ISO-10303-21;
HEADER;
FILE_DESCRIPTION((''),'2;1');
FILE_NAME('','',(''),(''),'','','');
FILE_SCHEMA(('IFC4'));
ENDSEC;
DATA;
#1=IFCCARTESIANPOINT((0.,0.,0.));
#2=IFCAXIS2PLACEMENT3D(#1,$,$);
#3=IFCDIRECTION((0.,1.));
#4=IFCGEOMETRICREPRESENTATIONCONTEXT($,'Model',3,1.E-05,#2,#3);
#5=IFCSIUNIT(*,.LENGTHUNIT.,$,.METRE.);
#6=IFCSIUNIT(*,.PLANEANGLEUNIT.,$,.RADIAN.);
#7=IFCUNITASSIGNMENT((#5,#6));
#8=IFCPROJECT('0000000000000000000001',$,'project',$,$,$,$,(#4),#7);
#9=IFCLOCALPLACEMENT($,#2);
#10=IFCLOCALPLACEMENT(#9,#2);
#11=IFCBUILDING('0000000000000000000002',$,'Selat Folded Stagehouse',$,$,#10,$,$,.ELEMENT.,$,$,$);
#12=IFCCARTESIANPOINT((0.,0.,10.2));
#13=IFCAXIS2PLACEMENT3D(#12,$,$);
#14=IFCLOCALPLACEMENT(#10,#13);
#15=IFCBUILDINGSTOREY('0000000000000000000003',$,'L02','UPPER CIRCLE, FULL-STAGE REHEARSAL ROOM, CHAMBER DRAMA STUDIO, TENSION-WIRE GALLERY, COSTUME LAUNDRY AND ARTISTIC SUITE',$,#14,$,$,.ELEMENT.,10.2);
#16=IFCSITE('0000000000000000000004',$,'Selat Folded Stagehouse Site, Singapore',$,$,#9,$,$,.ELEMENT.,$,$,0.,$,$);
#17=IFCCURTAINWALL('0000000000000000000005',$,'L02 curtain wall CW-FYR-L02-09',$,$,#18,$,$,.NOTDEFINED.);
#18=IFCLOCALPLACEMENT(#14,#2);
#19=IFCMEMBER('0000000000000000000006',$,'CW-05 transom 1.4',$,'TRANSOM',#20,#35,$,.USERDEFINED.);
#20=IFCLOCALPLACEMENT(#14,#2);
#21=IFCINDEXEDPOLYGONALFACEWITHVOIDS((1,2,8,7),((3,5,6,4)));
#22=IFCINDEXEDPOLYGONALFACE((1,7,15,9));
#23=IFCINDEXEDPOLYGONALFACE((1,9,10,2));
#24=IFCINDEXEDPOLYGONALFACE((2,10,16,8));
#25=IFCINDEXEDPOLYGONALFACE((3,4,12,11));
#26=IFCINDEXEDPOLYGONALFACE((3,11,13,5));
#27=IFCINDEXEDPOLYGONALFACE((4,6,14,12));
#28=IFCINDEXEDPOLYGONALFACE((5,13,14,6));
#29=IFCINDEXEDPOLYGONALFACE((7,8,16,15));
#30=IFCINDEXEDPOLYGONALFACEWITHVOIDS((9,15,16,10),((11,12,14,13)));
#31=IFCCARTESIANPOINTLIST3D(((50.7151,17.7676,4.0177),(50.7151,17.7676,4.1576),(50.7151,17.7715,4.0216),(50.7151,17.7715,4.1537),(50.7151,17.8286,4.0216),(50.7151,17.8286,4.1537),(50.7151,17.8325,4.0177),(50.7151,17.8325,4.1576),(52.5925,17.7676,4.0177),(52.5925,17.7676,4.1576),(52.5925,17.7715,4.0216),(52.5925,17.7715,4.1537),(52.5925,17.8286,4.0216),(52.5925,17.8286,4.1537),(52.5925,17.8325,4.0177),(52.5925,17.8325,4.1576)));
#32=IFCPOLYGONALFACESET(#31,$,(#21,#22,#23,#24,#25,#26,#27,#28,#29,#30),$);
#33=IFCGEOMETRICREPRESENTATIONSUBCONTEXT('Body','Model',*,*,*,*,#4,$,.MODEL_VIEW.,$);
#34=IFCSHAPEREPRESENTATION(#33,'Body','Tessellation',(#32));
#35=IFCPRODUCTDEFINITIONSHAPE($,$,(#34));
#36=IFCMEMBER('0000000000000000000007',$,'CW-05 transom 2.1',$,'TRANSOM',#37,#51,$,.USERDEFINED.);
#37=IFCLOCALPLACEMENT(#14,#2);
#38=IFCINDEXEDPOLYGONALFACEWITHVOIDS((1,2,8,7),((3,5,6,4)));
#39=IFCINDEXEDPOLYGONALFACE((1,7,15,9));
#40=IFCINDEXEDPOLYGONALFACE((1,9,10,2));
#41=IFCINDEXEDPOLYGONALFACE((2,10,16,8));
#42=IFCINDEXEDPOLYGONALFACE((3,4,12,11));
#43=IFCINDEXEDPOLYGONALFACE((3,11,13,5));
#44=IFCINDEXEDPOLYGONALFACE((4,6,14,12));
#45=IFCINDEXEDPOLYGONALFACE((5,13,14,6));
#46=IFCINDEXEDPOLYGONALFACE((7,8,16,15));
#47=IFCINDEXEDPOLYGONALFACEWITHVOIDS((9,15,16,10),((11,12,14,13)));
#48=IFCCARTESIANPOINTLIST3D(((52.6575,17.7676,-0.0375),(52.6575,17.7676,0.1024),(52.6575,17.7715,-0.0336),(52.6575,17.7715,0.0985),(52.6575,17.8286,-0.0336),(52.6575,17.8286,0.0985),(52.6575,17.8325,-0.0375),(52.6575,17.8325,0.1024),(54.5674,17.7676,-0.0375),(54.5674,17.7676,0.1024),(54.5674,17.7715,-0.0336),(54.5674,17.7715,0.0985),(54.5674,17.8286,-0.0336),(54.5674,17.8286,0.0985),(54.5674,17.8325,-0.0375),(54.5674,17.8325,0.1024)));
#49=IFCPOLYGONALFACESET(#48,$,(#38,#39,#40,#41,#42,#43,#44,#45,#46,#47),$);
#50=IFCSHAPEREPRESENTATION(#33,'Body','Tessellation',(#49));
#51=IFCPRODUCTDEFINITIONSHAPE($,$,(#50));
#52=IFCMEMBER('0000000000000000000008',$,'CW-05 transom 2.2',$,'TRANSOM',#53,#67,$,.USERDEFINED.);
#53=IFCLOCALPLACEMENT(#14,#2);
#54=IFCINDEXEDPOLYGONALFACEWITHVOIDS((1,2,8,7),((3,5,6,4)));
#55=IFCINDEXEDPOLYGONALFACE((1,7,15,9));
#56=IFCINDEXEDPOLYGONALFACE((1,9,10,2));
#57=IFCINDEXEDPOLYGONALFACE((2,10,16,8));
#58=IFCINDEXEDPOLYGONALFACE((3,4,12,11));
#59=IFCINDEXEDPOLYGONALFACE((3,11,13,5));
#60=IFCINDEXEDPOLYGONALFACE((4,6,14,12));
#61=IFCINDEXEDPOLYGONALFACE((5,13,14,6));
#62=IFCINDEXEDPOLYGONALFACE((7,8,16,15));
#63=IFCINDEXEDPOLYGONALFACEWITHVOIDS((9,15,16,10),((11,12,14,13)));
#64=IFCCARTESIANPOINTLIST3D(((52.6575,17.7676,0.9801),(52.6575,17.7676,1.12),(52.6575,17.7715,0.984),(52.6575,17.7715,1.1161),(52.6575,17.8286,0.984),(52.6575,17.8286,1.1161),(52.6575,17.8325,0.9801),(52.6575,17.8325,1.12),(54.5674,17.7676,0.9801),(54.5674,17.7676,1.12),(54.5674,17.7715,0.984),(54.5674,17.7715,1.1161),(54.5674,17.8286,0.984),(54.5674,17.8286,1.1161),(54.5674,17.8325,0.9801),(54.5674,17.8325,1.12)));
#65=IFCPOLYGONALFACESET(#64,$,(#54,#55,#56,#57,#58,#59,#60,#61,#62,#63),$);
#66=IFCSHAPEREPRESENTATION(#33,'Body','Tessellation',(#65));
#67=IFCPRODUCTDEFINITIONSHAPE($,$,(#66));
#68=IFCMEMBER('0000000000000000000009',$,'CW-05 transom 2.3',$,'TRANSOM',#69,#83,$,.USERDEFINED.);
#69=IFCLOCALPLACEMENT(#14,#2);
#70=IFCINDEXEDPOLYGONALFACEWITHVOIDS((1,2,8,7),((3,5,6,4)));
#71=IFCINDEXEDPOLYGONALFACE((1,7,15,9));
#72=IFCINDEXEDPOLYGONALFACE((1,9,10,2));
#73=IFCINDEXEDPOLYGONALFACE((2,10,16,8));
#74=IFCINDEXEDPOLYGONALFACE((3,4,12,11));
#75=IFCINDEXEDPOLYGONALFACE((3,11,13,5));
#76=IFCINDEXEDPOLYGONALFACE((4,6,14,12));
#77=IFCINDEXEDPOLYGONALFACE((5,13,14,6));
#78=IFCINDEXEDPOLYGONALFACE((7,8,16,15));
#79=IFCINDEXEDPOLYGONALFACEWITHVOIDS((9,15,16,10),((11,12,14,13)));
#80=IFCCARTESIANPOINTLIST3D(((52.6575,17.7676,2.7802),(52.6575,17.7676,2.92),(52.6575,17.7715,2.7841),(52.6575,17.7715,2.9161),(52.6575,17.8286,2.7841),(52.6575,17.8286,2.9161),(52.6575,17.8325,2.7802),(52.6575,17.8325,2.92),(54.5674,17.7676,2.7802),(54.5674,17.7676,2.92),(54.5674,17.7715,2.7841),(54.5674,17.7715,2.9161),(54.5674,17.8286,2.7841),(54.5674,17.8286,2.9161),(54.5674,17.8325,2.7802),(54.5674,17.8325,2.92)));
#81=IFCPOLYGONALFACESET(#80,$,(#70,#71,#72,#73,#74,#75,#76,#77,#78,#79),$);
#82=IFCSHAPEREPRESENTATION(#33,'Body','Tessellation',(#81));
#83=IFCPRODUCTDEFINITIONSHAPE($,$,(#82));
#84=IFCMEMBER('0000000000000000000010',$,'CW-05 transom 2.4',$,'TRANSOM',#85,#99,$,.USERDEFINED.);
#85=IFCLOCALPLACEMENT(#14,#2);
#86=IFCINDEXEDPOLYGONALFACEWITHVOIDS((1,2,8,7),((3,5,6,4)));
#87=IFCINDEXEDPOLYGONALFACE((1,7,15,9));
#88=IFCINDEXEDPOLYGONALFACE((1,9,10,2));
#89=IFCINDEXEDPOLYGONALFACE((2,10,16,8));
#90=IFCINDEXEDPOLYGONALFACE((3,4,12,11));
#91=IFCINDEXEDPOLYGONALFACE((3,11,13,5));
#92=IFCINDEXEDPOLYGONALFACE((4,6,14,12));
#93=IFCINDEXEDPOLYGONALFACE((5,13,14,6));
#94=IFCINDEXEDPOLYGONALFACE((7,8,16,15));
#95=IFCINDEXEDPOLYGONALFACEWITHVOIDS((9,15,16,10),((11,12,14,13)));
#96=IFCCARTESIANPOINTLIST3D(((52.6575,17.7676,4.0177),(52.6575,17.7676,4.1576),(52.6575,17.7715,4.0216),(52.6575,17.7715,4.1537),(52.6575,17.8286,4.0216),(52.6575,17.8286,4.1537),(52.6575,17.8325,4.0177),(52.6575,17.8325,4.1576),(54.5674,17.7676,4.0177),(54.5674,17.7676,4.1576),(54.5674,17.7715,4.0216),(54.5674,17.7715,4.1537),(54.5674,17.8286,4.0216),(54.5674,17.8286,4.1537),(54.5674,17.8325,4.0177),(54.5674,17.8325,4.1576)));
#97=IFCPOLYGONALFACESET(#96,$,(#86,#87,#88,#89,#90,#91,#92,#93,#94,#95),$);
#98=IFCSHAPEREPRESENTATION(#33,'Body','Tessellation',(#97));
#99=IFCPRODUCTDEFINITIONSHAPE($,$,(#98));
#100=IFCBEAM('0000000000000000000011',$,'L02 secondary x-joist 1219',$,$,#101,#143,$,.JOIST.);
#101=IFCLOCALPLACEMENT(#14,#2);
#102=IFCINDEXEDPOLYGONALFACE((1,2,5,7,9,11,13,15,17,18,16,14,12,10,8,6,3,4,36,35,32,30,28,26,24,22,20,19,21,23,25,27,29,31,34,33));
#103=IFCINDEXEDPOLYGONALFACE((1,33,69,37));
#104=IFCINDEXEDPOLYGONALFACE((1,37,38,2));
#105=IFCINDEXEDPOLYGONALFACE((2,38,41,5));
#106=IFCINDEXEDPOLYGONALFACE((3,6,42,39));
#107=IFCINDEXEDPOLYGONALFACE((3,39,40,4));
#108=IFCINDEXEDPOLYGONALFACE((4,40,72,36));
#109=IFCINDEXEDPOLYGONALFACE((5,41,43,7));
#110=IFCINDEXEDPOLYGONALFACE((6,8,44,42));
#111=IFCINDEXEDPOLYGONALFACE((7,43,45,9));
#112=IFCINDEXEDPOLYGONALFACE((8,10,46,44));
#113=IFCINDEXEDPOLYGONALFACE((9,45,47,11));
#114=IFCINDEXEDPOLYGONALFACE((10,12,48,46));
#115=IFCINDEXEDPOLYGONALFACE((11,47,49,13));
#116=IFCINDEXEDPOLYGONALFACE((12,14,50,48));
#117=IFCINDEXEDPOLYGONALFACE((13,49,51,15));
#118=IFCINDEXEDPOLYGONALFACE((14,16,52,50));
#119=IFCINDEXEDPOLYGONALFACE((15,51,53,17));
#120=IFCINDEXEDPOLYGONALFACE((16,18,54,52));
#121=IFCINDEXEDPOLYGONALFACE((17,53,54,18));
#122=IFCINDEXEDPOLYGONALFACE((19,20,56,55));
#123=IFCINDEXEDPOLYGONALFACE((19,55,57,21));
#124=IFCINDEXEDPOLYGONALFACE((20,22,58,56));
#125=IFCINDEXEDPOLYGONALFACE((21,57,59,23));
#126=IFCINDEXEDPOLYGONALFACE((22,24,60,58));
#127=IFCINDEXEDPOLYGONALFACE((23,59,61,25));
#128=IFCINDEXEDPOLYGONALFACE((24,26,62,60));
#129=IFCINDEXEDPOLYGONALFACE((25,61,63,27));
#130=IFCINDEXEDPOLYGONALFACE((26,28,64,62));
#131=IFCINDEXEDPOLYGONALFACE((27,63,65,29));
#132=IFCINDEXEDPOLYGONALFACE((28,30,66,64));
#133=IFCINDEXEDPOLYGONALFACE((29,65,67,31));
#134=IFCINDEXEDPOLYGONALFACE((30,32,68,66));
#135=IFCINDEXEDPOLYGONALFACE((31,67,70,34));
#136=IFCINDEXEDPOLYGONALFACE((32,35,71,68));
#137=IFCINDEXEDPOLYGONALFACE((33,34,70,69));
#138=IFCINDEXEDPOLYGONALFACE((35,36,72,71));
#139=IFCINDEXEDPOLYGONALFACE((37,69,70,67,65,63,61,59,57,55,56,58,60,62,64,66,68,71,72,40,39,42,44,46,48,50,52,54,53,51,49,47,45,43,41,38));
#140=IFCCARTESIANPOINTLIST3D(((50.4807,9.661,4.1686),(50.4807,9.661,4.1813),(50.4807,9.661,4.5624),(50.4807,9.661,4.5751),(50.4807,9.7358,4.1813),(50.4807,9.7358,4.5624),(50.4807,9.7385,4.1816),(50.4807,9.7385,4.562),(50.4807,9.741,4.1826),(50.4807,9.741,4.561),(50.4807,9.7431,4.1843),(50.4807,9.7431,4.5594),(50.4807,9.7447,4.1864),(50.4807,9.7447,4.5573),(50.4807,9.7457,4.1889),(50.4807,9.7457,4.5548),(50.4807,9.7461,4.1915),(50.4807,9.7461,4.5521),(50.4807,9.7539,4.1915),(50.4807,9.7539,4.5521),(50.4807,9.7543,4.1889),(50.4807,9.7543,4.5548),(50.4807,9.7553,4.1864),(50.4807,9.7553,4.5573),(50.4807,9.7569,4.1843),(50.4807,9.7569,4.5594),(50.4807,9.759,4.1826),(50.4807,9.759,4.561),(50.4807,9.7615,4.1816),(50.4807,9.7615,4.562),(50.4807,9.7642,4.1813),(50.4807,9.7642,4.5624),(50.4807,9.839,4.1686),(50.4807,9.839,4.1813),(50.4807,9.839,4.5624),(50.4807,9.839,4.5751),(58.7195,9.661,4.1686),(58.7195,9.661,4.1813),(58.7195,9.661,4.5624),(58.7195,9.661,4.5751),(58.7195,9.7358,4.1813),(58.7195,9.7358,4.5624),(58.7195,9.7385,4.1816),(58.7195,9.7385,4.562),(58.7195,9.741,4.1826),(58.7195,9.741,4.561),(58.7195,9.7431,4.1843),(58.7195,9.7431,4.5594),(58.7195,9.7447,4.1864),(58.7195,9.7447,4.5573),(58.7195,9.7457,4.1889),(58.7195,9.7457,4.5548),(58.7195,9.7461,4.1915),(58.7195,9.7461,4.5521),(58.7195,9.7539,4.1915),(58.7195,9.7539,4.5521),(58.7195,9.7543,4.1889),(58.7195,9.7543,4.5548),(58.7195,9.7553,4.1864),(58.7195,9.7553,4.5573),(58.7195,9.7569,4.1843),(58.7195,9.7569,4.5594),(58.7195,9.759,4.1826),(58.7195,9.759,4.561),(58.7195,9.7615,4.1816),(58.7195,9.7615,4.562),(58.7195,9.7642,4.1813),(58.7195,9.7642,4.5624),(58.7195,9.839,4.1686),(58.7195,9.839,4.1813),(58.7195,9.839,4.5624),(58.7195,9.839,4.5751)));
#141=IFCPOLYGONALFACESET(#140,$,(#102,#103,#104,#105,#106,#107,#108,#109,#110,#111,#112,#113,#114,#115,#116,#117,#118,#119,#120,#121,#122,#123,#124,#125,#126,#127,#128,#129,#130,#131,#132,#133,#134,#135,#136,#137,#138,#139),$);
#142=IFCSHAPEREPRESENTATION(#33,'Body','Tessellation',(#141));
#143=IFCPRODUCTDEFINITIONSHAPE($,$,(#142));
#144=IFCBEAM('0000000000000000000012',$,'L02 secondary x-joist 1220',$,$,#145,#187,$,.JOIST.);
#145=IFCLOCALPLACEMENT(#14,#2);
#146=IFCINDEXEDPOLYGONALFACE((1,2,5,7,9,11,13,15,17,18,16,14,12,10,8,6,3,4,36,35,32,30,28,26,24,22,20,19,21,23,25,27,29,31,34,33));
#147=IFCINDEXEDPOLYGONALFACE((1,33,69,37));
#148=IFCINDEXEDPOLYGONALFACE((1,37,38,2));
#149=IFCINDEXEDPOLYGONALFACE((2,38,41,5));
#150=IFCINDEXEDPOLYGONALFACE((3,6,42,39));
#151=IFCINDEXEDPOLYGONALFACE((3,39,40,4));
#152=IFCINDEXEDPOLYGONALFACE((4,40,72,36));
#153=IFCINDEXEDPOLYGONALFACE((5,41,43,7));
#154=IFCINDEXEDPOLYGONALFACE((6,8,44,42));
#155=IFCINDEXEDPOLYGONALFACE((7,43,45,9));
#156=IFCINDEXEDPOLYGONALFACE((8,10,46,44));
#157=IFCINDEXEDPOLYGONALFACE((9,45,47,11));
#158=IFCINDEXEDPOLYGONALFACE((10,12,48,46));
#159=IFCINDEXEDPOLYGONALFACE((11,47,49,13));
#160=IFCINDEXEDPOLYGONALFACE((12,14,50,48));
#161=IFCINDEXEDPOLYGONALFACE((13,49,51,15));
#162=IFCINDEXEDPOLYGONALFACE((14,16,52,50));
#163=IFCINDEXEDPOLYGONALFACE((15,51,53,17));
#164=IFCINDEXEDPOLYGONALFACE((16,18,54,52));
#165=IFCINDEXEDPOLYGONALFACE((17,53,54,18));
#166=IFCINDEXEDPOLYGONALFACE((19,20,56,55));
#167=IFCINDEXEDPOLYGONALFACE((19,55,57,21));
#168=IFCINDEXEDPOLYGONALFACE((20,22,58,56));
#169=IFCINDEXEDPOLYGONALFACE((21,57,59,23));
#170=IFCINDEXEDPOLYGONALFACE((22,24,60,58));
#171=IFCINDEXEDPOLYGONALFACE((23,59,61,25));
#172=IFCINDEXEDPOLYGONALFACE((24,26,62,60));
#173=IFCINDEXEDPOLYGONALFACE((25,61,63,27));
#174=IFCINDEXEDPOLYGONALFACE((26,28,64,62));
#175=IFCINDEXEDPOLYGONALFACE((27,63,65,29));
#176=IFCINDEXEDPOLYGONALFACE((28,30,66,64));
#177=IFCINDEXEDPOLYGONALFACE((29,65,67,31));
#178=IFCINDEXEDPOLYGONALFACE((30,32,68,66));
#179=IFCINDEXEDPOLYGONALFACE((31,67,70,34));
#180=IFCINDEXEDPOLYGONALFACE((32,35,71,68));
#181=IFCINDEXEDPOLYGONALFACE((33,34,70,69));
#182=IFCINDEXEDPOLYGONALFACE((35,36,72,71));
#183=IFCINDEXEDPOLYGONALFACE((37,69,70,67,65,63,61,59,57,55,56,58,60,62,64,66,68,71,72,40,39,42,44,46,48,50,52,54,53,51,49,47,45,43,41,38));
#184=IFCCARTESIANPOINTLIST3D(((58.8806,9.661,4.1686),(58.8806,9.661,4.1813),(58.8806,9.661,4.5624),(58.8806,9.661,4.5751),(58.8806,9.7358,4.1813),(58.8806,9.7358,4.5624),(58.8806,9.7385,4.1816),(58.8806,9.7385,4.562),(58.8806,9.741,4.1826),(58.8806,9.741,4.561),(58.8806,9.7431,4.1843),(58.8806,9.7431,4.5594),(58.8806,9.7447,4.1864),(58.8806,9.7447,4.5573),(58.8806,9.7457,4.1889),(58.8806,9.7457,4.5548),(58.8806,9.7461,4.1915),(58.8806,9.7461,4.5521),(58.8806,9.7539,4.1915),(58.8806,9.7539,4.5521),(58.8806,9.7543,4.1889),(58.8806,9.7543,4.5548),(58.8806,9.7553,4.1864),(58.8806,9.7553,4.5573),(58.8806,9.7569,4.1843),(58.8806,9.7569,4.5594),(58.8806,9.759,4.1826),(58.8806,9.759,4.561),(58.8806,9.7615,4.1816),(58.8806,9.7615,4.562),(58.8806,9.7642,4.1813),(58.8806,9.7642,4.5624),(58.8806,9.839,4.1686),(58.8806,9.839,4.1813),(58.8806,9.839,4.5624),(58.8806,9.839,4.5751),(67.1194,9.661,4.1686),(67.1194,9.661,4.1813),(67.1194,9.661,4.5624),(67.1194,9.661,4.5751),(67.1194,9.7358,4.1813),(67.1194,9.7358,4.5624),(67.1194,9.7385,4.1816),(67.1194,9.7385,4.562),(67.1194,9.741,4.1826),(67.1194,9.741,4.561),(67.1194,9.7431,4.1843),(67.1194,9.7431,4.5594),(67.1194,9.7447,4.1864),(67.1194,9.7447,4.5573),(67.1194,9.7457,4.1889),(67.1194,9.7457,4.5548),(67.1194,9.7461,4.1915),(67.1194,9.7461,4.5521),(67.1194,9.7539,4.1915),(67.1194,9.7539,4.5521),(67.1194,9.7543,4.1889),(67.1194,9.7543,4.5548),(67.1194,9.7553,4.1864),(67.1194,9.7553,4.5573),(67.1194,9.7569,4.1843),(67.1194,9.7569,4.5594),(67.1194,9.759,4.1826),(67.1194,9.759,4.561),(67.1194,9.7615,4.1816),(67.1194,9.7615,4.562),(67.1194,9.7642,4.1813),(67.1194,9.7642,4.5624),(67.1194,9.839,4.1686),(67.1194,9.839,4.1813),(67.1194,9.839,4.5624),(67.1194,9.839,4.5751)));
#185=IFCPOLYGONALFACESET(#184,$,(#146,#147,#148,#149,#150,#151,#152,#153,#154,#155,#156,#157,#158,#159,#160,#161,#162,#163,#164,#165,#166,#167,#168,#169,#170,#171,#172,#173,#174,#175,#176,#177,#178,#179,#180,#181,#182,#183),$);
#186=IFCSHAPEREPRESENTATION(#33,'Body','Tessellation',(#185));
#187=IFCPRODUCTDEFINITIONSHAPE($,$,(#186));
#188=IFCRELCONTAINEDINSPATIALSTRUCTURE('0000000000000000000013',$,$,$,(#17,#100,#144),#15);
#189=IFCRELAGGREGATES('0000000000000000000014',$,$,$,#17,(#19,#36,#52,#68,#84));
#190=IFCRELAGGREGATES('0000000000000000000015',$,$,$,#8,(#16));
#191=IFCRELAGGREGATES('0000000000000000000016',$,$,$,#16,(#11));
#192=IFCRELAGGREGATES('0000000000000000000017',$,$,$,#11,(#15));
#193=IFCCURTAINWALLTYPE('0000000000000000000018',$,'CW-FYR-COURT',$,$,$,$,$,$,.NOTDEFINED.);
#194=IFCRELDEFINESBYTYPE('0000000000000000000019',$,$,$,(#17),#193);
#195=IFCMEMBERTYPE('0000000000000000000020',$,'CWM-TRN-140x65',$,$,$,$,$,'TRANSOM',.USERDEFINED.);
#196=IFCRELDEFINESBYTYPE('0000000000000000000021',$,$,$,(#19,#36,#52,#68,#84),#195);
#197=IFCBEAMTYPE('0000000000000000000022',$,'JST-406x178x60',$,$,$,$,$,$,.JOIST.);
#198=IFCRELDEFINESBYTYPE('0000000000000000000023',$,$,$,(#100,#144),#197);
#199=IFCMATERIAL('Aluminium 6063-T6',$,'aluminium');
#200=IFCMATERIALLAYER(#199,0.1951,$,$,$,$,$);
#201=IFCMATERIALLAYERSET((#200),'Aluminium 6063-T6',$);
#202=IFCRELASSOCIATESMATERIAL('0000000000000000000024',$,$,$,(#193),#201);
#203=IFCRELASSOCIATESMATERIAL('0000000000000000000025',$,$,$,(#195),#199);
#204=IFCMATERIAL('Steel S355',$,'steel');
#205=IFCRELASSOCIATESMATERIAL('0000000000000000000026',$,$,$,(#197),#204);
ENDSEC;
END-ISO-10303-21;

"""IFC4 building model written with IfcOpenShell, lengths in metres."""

from ifc_helpers import new_model, si_unit, direction, frame, origin, origin_2d, place, context, subcontext, project, spatial, hollow_rectangle, i_section, extrude, material, layer, layer_set, material_profile, profile_set, type_object, element, aggregate, save


model = new_model("IFC4")

# Units and contexts
model_context = context("Model", 3, precision=1e-05, world=origin(), true_north=direction((0.0, 1.0)))
body_context = subcontext(model_context, "Body", "Model", "MODEL_VIEW")
ifc_project = project(units=[si_unit("LENGTHUNIT", "METRE"), si_unit("PLANEANGLEUNIT", "RADIAN")], contexts=[model_context])

# Site, building, storey
site_placement = place(None, origin())
site = spatial("IfcSite", under=ifc_project, at=site_placement, Name="Selat Folded Stagehouse Site, Singapore", CompositionType="ELEMENT", RefElevation=0.0)
building_placement = place(site_placement, origin())
building = spatial("IfcBuilding", under=site, at=building_placement, Name="Selat Folded Stagehouse", CompositionType="ELEMENT")
storey_placement = place(building_placement, frame((0.0, 0.0, 10.2)))
storey = spatial("IfcBuildingStorey", under=building, at=storey_placement, Name="L02", Description="UPPER CIRCLE, FULL-STAGE REHEARSAL ROOM, CHAMBER DRAMA STUDIO, TENSION-WIRE GALLERY, COSTUME LAUNDRY AND ARTISTIC SUITE", CompositionType="ELEMENT", Elevation=10.2)

# Shared definitions
ifc_material_1 = material(Name="Steel S355", Category="steel")

# Curtain wall, members
ifc_material_2 = material(Name="Aluminium 6063-T6", Category="aluminium")
ifc_layer_1 = layer(ifc_material_2, 0.1951)
ifc_layer_set_1 = layer_set([ifc_layer_1], Name="Aluminium 6063-T6")
curtain_wall_type = type_object("IfcCurtainWallType", Name="CW-FYR-COURT", PredefinedType="NOTDEFINED", material=ifc_layer_set_1)
curtain_wall_placement = place(storey_placement, origin())
curtain_wall = element("IfcCurtainWall", 1, at=curtain_wall_placement, inside=storey, type_object=curtain_wall_type, Name="L02 curtain wall CW-FYR-L02-09", PredefinedType="NOTDEFINED")
ifc_material_profile_1 = material_profile(ifc_material_2, hollow_rectangle(XDim=0.0649, YDim=0.1399, WallThickness=0.0039, at=origin_2d()), Name="ALU 140x65x4.0")
ifc_profile_set_1 = profile_set([ifc_material_profile_1], Name="Aluminium 6063-T6")
member_type_1 = type_object("IfcMemberType", Name="CWM-TRN-140x65", ElementType="TRANSOM", PredefinedType="USERDEFINED", material=ifc_profile_set_1)
member_1_placement = place(storey_placement, frame((50.7151, 17.8, 4.0876), z_axis=(1.0, 0.0, 0.0), x_axis=(0.0, 1.0, 0.0)))
member_1 = element("IfcMember", 2, at=member_1_placement, type_object=member_type_1, Name="CW-05 transom 1.4", ObjectType="TRANSOM", PredefinedType="USERDEFINED", context=body_context, shape_type="SweptSolid", body=[
    extrude(hollow_rectangle(XDim=0.0649, YDim=0.1399, WallThickness=0.0039, at=origin_2d()), origin(), (0.0, 0.0, 1.0), 1.8774),
])
member_2_placement = place(storey_placement, frame((52.6575, 17.8, 0.0325), z_axis=(1.0, 0.0, 0.0), x_axis=(0.0, 1.0, 0.0)))
member_2 = element("IfcMember", 3, at=member_2_placement, type_object=member_type_1, Name="CW-05 transom 2.1", ObjectType="TRANSOM", PredefinedType="USERDEFINED", context=body_context, shape_type="SweptSolid", body=[
    extrude(hollow_rectangle(XDim=0.0649, YDim=0.1399, WallThickness=0.0039, at=origin_2d()), origin(), (0.0, 0.0, 1.0), 1.9099),
])
member_3_placement = place(storey_placement, frame((52.6575, 17.8, 1.05), z_axis=(1.0, 0.0, 0.0), x_axis=(0.0, 1.0, 0.0)))
member_3 = element("IfcMember", 4, at=member_3_placement, type_object=member_type_1, Name="CW-05 transom 2.2", ObjectType="TRANSOM", PredefinedType="USERDEFINED", context=body_context, shape_type="SweptSolid", body=[
    extrude(hollow_rectangle(XDim=0.0649, YDim=0.1399, WallThickness=0.0039, at=origin_2d()), origin(), (0.0, 0.0, 1.0), 1.9099),
])
member_4_placement = place(storey_placement, frame((52.6575, 17.8, 2.8501), z_axis=(1.0, 0.0, 0.0), x_axis=(0.0, 1.0, 0.0)))
member_4 = element("IfcMember", 5, at=member_4_placement, type_object=member_type_1, Name="CW-05 transom 2.3", ObjectType="TRANSOM", PredefinedType="USERDEFINED", context=body_context, shape_type="SweptSolid", body=[
    extrude(hollow_rectangle(XDim=0.0649, YDim=0.1399, WallThickness=0.0039, at=origin_2d()), origin(), (0.0, 0.0, 1.0), 1.9099),
])
member_5_placement = place(storey_placement, frame((52.6575, 17.8, 4.0876), z_axis=(1.0, 0.0, 0.0), x_axis=(0.0, 1.0, 0.0)))
member_5 = element("IfcMember", 6, at=member_5_placement, type_object=member_type_1, Name="CW-05 transom 2.4", ObjectType="TRANSOM", PredefinedType="USERDEFINED", context=body_context, shape_type="SweptSolid", body=[
    extrude(hollow_rectangle(XDim=0.0649, YDim=0.1399, WallThickness=0.0039, at=origin_2d()), origin(), (0.0, 0.0, 1.0), 1.9099),
])

# Beams
ifc_material_profile_2 = material_profile(ifc_material_1, i_section(OverallWidth=0.178, OverallDepth=0.4065, WebThickness=0.0078, FlangeThickness=0.0127, FilletRadius=0.0103, at=origin_2d()), Name="UKB 406x178x60")
ifc_profile_set_2 = profile_set([ifc_material_profile_2], Name="Steel S355")
beam_type_1 = type_object("IfcBeamType", Name="JST-406x178x60", PredefinedType="JOIST", material=ifc_profile_set_2)
for number, where, z_axis, x_axis, name in (
    (7, (50.4807, 9.75, 4.3718), (1.0, 0.0, 0.0), (0.0, 1.0, 0.0), "L02 secondary x-joist 1219"),
    (8, (58.8806, 9.75, 4.3718), (1.0, 0.0, 0.0), (0.0, 1.0, 0.0), "L02 secondary x-joist 1220"),
):
    element("IfcBeam", number, at=place(storey_placement, frame(where, z_axis=z_axis, x_axis=x_axis)), inside=storey, type_object=beam_type_1, Name=name, PredefinedType="JOIST", context=body_context, shape_type="SweptSolid", body=[
        extrude(i_section(OverallWidth=0.178, OverallDepth=0.4065, WebThickness=0.0078, FlangeThickness=0.0127, FilletRadius=0.0103, at=origin_2d()), origin(), (0.0, 0.0, 1.0), 8.2388),
    ])

aggregate(curtain_wall, [member_1, member_2, member_3, member_4, member_5])

save(model, "model.ifc")
